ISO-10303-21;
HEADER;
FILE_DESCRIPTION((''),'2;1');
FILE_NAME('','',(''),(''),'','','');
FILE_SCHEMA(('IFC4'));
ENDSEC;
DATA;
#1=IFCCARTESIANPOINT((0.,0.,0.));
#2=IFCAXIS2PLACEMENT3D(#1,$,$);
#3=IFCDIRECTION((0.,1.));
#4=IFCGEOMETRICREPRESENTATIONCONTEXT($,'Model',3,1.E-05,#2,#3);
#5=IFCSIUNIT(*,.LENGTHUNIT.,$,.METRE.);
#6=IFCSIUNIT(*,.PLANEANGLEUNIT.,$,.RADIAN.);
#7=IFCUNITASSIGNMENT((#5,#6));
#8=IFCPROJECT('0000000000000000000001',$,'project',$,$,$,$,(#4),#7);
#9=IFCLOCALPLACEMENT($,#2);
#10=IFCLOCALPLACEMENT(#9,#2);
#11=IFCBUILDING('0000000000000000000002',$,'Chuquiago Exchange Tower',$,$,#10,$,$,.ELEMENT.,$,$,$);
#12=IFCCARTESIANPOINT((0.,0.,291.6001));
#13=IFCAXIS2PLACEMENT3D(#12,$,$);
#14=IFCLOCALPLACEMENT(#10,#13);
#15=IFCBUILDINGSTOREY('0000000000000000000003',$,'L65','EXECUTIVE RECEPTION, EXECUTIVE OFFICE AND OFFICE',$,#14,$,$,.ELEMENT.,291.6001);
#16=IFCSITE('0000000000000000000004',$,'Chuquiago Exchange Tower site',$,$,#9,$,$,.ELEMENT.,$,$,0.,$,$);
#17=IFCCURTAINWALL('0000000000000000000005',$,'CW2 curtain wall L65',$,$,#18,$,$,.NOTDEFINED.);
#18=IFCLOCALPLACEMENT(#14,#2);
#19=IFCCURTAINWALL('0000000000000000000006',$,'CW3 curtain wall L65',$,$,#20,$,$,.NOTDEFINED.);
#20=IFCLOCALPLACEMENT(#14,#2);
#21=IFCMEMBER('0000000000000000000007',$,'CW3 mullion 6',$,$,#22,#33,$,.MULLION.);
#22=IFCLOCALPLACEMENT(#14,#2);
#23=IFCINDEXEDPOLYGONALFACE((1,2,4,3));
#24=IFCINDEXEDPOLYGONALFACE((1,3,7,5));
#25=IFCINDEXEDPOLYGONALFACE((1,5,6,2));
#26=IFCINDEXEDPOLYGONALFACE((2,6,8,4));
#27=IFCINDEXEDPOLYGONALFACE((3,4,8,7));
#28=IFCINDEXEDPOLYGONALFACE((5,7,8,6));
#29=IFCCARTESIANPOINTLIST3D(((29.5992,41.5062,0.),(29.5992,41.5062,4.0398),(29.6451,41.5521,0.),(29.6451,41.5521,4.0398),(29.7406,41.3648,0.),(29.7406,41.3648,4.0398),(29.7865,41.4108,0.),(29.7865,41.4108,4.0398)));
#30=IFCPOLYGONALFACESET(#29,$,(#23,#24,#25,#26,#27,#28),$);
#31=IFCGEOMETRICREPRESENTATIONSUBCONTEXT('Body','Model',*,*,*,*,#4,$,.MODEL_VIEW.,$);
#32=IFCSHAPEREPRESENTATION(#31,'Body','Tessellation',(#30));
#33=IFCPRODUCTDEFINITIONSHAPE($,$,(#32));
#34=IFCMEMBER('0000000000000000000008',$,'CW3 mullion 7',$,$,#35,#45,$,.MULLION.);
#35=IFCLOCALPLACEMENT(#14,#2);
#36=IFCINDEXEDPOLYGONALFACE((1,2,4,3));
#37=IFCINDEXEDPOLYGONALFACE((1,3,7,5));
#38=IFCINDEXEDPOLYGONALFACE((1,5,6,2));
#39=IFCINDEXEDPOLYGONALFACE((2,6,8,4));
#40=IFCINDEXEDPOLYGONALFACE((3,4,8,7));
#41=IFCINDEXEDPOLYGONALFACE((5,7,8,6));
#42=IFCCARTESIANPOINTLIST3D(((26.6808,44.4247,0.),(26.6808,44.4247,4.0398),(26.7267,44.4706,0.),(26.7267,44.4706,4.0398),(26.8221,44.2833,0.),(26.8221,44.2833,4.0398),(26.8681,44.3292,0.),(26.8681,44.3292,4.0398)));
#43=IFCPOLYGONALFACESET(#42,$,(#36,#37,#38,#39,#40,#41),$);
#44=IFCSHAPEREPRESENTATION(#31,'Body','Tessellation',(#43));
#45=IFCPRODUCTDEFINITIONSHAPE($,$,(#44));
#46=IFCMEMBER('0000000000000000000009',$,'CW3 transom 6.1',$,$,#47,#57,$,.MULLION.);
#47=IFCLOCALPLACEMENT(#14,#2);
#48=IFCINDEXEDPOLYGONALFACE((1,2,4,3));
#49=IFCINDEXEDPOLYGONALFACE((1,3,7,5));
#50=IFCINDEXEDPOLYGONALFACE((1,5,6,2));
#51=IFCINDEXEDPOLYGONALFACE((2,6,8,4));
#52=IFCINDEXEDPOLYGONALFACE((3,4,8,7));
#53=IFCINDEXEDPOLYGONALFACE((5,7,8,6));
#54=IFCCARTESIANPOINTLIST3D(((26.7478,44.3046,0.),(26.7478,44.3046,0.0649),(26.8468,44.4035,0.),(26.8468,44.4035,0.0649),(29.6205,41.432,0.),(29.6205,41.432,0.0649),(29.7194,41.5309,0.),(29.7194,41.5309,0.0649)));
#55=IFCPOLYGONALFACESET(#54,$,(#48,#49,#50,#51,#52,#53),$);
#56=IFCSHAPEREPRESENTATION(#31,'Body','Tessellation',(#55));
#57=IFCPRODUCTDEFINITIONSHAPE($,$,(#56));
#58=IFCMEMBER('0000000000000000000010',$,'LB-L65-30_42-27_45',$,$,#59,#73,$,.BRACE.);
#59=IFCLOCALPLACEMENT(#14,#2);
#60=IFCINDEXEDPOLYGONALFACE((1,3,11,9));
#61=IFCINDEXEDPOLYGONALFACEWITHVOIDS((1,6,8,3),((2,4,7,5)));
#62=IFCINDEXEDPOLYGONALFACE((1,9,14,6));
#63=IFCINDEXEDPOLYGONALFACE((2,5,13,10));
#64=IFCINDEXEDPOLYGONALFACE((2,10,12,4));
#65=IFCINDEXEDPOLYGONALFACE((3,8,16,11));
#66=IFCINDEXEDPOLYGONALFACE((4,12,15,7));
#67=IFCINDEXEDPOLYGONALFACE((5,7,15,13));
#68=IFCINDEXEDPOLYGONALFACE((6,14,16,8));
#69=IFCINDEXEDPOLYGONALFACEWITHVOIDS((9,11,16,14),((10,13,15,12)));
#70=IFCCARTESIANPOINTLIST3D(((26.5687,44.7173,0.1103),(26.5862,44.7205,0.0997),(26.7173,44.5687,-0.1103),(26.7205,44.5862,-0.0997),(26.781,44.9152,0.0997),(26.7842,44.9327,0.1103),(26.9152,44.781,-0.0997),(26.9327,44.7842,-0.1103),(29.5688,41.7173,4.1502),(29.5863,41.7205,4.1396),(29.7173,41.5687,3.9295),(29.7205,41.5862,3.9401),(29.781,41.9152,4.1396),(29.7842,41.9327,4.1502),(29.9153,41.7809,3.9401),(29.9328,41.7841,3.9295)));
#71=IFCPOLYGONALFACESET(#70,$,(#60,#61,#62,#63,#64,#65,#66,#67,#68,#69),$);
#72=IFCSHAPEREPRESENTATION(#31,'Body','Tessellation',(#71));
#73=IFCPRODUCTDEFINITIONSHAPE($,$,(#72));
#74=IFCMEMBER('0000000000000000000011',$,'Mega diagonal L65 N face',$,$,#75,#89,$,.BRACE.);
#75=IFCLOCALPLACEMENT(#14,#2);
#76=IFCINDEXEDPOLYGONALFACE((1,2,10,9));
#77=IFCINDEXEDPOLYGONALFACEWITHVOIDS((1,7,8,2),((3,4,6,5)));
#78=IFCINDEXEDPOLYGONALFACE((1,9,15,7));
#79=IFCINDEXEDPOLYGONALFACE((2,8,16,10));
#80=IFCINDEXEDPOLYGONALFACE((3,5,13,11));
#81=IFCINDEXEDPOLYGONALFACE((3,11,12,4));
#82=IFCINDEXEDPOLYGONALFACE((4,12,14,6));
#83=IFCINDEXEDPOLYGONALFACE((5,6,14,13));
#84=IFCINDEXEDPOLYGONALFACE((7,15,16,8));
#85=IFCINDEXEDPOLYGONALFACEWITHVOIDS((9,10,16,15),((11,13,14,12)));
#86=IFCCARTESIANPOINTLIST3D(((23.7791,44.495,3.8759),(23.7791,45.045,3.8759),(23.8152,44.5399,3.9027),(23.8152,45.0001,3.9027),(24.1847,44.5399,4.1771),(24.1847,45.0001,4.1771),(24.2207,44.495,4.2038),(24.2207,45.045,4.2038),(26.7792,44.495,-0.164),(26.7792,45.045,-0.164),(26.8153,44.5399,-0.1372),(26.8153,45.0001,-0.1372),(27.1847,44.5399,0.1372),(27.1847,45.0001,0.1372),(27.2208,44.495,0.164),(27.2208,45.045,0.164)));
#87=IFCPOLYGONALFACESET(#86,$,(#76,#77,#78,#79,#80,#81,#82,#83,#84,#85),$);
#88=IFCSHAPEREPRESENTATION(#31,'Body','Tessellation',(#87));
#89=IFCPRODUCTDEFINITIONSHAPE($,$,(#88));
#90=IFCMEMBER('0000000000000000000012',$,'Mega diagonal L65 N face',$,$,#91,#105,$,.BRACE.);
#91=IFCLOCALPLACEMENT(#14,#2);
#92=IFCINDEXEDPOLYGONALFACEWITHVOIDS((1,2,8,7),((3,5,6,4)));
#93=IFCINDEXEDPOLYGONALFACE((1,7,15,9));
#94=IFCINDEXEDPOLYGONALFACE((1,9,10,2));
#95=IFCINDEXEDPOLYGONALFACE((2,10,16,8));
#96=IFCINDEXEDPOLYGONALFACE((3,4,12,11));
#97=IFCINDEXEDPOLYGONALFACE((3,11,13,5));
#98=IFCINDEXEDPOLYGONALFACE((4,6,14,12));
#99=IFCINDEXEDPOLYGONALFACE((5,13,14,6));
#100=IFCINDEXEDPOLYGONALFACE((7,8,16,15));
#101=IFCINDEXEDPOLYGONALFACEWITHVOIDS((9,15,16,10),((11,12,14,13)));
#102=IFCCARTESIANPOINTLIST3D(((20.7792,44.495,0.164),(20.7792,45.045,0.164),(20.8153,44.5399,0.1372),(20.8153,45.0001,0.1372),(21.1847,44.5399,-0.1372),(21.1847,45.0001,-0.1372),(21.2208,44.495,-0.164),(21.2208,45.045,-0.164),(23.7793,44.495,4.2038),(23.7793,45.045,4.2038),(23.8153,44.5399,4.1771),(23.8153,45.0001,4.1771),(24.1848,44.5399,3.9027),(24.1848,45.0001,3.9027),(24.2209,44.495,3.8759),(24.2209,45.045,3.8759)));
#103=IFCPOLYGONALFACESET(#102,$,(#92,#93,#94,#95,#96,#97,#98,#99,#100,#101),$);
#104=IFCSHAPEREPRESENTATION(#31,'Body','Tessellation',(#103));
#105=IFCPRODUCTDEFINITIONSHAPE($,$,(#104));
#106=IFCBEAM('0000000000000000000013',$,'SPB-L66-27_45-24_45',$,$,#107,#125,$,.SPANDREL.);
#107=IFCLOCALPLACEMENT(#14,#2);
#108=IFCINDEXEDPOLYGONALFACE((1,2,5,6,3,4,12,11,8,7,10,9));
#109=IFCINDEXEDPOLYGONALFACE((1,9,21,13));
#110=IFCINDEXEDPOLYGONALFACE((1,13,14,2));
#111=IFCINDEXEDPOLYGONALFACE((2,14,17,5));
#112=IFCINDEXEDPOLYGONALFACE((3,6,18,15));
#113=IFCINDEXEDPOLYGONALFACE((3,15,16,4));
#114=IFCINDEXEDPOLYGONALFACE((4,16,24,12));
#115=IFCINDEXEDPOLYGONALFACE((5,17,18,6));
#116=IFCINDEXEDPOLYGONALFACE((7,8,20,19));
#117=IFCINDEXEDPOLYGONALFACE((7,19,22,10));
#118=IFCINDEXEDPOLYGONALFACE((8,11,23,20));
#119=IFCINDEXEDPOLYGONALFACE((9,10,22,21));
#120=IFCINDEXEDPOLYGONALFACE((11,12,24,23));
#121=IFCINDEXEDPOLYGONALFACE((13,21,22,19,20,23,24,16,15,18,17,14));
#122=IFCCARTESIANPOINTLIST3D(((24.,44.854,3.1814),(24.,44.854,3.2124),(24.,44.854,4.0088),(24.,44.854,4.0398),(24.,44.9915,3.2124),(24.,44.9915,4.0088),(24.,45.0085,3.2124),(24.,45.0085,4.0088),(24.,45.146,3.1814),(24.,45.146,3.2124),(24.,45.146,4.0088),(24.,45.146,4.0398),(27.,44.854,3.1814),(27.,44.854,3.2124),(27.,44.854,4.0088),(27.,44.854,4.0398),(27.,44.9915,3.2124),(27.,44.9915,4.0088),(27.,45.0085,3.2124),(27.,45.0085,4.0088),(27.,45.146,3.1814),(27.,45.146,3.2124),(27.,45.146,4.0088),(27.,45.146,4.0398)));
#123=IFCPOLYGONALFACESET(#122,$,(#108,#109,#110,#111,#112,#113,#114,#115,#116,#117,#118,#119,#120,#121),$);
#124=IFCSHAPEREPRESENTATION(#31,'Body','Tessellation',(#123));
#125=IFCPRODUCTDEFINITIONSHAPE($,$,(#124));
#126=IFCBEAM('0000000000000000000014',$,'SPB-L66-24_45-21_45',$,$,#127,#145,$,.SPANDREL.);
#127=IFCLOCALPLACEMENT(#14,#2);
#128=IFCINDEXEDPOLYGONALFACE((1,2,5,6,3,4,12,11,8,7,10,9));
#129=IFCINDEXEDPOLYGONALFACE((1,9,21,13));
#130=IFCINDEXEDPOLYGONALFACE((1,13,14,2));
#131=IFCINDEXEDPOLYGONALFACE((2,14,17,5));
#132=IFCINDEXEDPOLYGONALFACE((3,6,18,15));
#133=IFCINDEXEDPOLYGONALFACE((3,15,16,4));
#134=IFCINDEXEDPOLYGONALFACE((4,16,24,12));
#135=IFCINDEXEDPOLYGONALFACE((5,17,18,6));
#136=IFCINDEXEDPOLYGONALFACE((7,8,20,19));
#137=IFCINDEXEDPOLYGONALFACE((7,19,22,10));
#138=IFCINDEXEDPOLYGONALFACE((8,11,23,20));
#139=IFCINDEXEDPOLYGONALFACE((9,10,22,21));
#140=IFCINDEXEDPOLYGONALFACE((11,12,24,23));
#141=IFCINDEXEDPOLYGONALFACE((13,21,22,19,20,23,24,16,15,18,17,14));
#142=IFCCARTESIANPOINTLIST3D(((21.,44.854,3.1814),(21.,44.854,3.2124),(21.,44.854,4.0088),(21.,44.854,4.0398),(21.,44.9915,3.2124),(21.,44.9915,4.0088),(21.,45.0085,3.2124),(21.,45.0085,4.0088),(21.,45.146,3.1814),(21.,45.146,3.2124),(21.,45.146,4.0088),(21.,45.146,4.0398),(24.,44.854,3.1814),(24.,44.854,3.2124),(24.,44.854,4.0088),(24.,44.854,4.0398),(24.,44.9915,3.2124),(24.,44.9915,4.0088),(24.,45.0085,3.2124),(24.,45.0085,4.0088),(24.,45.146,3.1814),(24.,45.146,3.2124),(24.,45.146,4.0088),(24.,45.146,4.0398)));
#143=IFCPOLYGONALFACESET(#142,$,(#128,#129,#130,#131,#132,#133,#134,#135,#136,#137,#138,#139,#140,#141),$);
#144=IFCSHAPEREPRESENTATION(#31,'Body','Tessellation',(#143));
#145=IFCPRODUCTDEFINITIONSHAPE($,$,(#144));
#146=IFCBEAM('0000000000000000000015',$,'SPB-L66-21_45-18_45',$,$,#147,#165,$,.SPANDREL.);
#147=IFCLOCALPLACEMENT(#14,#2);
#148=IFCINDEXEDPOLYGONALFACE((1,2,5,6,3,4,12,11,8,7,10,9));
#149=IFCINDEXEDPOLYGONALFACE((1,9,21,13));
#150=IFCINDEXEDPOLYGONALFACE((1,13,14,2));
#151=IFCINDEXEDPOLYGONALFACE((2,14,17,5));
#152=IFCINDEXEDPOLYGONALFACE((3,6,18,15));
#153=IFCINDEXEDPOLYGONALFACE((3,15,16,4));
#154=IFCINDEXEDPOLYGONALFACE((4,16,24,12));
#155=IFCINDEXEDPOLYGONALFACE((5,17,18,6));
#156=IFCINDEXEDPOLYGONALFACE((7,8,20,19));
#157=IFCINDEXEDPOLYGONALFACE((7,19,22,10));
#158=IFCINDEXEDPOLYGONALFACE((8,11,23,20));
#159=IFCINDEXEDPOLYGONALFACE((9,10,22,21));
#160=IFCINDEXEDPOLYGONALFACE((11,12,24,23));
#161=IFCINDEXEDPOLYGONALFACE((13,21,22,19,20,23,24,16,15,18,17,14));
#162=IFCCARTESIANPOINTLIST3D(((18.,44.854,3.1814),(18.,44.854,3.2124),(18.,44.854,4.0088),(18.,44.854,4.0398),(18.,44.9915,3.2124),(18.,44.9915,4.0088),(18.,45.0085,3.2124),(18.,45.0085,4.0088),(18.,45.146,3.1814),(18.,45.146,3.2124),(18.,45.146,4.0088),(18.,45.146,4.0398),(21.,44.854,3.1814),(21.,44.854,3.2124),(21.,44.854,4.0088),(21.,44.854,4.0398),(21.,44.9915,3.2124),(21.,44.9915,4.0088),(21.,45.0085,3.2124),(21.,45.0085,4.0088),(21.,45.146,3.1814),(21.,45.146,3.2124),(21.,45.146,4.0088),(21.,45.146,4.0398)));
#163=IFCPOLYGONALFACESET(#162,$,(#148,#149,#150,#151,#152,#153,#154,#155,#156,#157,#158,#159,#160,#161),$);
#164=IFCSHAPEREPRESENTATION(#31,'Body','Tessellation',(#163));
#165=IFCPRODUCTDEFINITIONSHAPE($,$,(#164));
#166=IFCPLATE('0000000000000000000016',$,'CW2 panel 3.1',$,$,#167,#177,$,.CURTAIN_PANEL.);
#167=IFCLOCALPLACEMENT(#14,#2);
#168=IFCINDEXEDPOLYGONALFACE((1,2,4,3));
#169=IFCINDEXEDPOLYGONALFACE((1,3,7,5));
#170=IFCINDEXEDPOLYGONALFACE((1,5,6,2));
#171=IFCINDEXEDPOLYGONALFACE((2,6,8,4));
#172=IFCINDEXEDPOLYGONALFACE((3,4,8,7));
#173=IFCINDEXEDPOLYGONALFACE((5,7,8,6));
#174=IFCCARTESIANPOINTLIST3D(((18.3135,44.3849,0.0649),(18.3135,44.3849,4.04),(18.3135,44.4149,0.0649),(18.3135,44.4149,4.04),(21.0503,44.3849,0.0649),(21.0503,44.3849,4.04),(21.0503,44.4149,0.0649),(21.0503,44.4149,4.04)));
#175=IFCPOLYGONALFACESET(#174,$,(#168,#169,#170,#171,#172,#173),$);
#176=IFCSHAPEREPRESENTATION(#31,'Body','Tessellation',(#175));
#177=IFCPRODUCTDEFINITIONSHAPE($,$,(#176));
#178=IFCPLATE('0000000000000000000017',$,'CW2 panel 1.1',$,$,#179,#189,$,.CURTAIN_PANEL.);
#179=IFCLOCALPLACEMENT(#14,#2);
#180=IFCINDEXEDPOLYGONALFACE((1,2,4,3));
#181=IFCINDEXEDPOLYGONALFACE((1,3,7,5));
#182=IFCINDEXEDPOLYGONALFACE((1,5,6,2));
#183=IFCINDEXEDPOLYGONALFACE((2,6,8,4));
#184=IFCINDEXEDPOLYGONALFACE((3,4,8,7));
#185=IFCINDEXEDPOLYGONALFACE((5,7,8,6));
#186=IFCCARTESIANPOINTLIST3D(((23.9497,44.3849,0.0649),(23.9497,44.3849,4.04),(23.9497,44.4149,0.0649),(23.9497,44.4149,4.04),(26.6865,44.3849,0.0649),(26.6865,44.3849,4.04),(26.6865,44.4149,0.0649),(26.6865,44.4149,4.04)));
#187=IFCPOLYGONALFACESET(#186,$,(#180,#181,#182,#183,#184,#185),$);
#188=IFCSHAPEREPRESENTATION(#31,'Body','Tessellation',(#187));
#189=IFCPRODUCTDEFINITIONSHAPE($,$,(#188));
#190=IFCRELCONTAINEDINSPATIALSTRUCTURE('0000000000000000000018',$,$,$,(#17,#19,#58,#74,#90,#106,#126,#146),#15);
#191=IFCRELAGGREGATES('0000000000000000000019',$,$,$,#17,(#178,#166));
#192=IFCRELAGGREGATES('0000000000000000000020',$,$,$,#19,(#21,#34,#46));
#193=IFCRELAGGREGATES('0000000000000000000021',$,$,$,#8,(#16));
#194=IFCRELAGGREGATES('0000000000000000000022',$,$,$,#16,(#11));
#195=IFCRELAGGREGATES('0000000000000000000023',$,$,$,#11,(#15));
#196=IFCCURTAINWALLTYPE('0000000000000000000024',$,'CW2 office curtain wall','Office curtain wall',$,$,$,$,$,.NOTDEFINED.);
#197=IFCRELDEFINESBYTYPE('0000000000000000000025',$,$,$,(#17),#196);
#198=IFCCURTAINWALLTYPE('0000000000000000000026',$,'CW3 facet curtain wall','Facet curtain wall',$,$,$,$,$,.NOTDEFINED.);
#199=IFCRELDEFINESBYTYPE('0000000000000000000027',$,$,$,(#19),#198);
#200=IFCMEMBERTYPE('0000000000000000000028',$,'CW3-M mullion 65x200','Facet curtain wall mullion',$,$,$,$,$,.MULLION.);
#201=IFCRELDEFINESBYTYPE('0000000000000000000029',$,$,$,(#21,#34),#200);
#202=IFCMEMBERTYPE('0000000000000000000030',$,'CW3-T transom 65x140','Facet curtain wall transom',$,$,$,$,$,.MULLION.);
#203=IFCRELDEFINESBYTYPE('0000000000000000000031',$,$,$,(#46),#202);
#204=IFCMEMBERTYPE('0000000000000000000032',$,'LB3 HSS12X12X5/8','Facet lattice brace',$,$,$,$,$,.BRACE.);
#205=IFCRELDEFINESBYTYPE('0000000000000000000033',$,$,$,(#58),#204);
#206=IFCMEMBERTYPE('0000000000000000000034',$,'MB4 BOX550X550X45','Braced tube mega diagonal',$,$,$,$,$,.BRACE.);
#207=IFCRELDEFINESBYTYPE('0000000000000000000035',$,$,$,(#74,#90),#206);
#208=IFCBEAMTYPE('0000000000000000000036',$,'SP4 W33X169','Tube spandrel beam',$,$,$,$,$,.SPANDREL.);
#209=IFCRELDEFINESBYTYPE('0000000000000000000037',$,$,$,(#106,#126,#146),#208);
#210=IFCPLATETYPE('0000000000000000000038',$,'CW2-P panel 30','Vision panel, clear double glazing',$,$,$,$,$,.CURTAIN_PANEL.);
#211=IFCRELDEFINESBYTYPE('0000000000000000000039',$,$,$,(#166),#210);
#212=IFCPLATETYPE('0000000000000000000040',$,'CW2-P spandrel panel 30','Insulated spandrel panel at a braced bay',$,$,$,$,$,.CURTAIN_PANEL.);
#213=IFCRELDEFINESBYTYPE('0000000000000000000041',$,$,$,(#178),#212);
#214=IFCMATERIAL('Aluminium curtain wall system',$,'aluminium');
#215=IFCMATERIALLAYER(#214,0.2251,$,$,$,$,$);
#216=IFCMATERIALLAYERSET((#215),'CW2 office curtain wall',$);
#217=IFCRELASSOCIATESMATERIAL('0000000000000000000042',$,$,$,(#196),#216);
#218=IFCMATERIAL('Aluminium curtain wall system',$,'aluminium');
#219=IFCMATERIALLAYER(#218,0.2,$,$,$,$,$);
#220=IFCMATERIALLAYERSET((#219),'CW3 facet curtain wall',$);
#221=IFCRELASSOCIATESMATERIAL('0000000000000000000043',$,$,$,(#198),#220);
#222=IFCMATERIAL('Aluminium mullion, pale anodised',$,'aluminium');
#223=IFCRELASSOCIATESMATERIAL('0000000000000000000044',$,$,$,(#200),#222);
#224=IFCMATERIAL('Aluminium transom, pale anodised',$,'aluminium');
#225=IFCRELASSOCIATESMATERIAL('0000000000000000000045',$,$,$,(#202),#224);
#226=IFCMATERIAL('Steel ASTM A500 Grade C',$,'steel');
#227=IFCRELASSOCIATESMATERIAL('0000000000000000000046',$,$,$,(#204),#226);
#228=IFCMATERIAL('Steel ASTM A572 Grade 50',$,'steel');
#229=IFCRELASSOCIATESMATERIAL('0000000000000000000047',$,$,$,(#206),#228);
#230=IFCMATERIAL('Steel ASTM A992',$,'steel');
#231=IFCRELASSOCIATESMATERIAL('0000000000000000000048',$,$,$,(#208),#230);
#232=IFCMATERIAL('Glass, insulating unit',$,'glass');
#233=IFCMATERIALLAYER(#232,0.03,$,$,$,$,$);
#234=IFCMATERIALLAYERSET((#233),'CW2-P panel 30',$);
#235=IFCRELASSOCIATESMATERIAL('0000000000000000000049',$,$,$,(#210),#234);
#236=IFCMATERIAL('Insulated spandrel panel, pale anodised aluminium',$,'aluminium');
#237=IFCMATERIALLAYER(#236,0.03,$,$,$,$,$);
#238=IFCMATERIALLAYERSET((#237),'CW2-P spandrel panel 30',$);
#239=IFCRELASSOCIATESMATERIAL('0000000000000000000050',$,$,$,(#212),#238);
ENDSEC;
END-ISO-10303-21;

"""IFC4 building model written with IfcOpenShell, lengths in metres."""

from ifc_helpers import new_model, si_unit, direction, frame, origin, origin_2d, place, context, subcontext, project, spatial, rectangle, hollow_rectangle, i_section, extrude, material, layer, layer_set, material_profile, profile_set, type_object, element, aggregate, save


model = new_model("IFC4")

# Units and contexts
model_context = context("Model", 3, precision=1e-05, world=origin(), true_north=direction((0.0, 1.0)))
body_context = subcontext(model_context, "Body", "Model", "MODEL_VIEW")
ifc_project = project(units=[si_unit("LENGTHUNIT", "METRE"), si_unit("PLANEANGLEUNIT", "RADIAN")], contexts=[model_context])

# Site, building, storey
site_placement = place(None, origin())
site = spatial("IfcSite", under=ifc_project, at=site_placement, Name="Chuquiago Exchange Tower site", CompositionType="ELEMENT", RefElevation=0.0)
building_placement = place(site_placement, origin())
building = spatial("IfcBuilding", under=site, at=building_placement, Name="Chuquiago Exchange Tower", CompositionType="ELEMENT")
storey_placement = place(building_placement, frame((0.0, 0.0, 291.6001)))
storey = spatial("IfcBuildingStorey", under=building, at=storey_placement, Name="L65", Description="EXECUTIVE RECEPTION, EXECUTIVE OFFICE AND OFFICE", CompositionType="ELEMENT", Elevation=291.6001)

# Curtain walls, members
ifc_material_1 = material(Name="Aluminium curtain wall system", Category="aluminium")
ifc_layer_1 = layer(ifc_material_1, 0.2251)
ifc_layer_set_1 = layer_set([ifc_layer_1], Name="CW2 office curtain wall")
curtain_wall_type_1 = type_object("IfcCurtainWallType", Name="CW2 office curtain wall", Description="Office curtain wall", PredefinedType="NOTDEFINED", material=ifc_layer_set_1)
curtain_wall_1_placement = place(storey_placement, origin())
curtain_wall_1 = element("IfcCurtainWall", 1, at=curtain_wall_1_placement, inside=storey, type_object=curtain_wall_type_1, Name="CW2 curtain wall L65", PredefinedType="NOTDEFINED")
ifc_material_2 = material(Name="Aluminium curtain wall system", Category="aluminium")
ifc_layer_2 = layer(ifc_material_2, 0.2)
ifc_layer_set_2 = layer_set([ifc_layer_2], Name="CW3 facet curtain wall")
curtain_wall_type_2 = type_object("IfcCurtainWallType", Name="CW3 facet curtain wall", Description="Facet curtain wall", PredefinedType="NOTDEFINED", material=ifc_layer_set_2)
curtain_wall_2_placement = place(storey_placement, origin())
curtain_wall_2 = element("IfcCurtainWall", 2, at=curtain_wall_2_placement, inside=storey, type_object=curtain_wall_type_2, Name="CW3 curtain wall L65", PredefinedType="NOTDEFINED")
ifc_material_3 = material(Name="Aluminium mullion, pale anodised", Category="aluminium")
ifc_material_profile_1 = material_profile(ifc_material_3, rectangle(XDim=0.0649, YDim=0.2, at=origin_2d()), Name="AL 65x200")
ifc_profile_set_1 = profile_set([ifc_material_profile_1], Name="Aluminium mullion, pale anodised")
member_type_1 = type_object("IfcMemberType", Name="CW3-M mullion 65x200", Description="Facet curtain wall mullion", PredefinedType="MULLION", material=ifc_profile_set_1)
member_1_placement = place(storey_placement, frame((29.6929, 41.4585, 0.0), z_axis=(0.0, 0.0, 1.0), x_axis=(-0.707107, -0.707107, 0.0)))
member_1 = element("IfcMember", 3, at=member_1_placement, type_object=member_type_1, Name="CW3 mullion 6", PredefinedType="MULLION", context=body_context, shape_type="SweptSolid", body=[
    extrude(rectangle(XDim=0.0649, YDim=0.2, at=origin_2d()), origin(), (0.0, 0.0, 1.0), 4.0398),
])
member_2_placement = place(storey_placement, frame((26.7744, 44.377, 0.0), z_axis=(0.0, 0.0, 1.0), x_axis=(-0.707107, -0.707107, 0.0)))
member_2 = element("IfcMember", 4, at=member_2_placement, type_object=member_type_1, Name="CW3 mullion 7", PredefinedType="MULLION", context=body_context, shape_type="SweptSolid", body=[
    extrude(rectangle(XDim=0.0649, YDim=0.2, at=origin_2d()), origin(), (0.0, 0.0, 1.0), 4.0398),
])
ifc_material_4 = material(Name="Aluminium transom, pale anodised", Category="aluminium")
ifc_material_profile_2 = material_profile(ifc_material_4, rectangle(XDim=0.1399, YDim=0.0649, at=origin_2d()), Name="AL 140x65")
ifc_profile_set_2 = profile_set([ifc_material_profile_2], Name="Aluminium transom, pale anodised")
member_type_2 = type_object("IfcMemberType", Name="CW3-T transom 65x140", Description="Facet curtain wall transom", PredefinedType="MULLION", material=ifc_profile_set_2)
member_3_placement = place(storey_placement, frame((29.6699, 41.4814, 0.0325), z_axis=(-0.707107, 0.707107, 0.0), x_axis=(-0.707107, -0.707107, 0.0)))
member_3 = element("IfcMember", 5, at=member_3_placement, type_object=member_type_2, Name="CW3 transom 6.1", PredefinedType="MULLION", context=body_context, shape_type="SweptSolid", body=[
    extrude(rectangle(XDim=0.1399, YDim=0.0649, at=origin_2d()), origin(), (0.0, 0.0, 1.0), 4.0625),
])

# Members
ifc_material_5 = material(Name="Steel ASTM A500 Grade C", Category="steel")
ifc_material_profile_3 = material_profile(ifc_material_5, hollow_rectangle(XDim=0.3047, YDim=0.3047, WallThickness=0.0146, at=origin_2d()), Name="HSS12X12X5/8")
ifc_profile_set_3 = profile_set([ifc_material_profile_3], Name="Steel ASTM A500 Grade C")
member_type_3 = type_object("IfcMemberType", Name="LB3 HSS12X12X5/8", Description="Facet lattice brace", PredefinedType="BRACE", material=ifc_profile_set_3)
member_4_placement = place(storey_placement, frame((26.7507, 44.7507, 0.0), z_axis=(0.512092, -0.512092, 0.689582), x_axis=(0.707107, 0.707107, 0.0)))
element("IfcMember", 6, at=member_4_placement, inside=storey, type_object=member_type_3, Name="LB-L65-30_42-27_45", PredefinedType="BRACE", context=body_context, shape_type="SweptSolid", body=[
    extrude(hollow_rectangle(XDim=0.3047, YDim=0.3047, WallThickness=0.0146, at=origin_2d()), origin(), (0.0, 0.0, 1.0), 5.8584),
])
ifc_material_6 = material(Name="Steel ASTM A572 Grade 50", Category="steel")
ifc_material_profile_4 = material_profile(ifc_material_6, hollow_rectangle(XDim=0.55, YDim=0.55, WallThickness=0.0449, at=origin_2d()), Name="BOX550X550X45")
ifc_profile_set_4 = profile_set([ifc_material_profile_4], Name="Steel ASTM A572 Grade 50")
member_type_4 = type_object("IfcMemberType", Name="MB4 BOX550X550X45", Description="Braced tube mega diagonal", PredefinedType="BRACE", material=ifc_profile_set_4)
for number, where, z_axis, x_axis, name in (
    (7, (27.0, 44.77, 0.0), (-0.596197, 0.0, 0.802838), (0.0, -1.0, 0.0), "Mega diagonal L65 N face"),
    (8, (21.0, 44.77, 0.0), (0.596197, 0.0, 0.802838), (0.0, 1.0, 0.0), "Mega diagonal L65 N face"),
):
    element("IfcMember", number, at=place(storey_placement, frame(where, z_axis=z_axis, x_axis=x_axis)), inside=storey, type_object=member_type_4, Name=name, PredefinedType="BRACE", context=body_context, shape_type="SweptSolid", body=[
        extrude(hollow_rectangle(XDim=0.55, YDim=0.55, WallThickness=0.0449, at=origin_2d()), origin(), (0.0, 0.0, 1.0), 5.032),
    ])

# Beams
ifc_material_7 = material(Name="Steel ASTM A992", Category="steel")
ifc_material_profile_5 = material_profile(ifc_material_7, i_section(OverallWidth=0.292, OverallDepth=0.8584, WebThickness=0.0171, FlangeThickness=0.031, at=origin_2d()), Name="W33X169")
ifc_profile_set_5 = profile_set([ifc_material_profile_5], Name="Steel ASTM A992")
beam_type = type_object("IfcBeamType", Name="SP4 W33X169", Description="Tube spandrel beam", PredefinedType="SPANDREL", material=ifc_profile_set_5)
for number, where, z_axis, x_axis, name in (
    (9, (27.0, 45.0, 3.6106), (-1.0, 0.0, 0.0), (0.0, -1.0, 0.0), "SPB-L66-27_45-24_45"),
    (10, (24.0, 45.0, 3.6106), (-1.0, 0.0, 0.0), (0.0, -1.0, 0.0), "SPB-L66-24_45-21_45"),
    (11, (21.0, 45.0, 3.6106), (-1.0, 0.0, 0.0), (0.0, -1.0, 0.0), "SPB-L66-21_45-18_45"),
):
    element("IfcBeam", number, at=place(storey_placement, frame(where, z_axis=z_axis, x_axis=x_axis)), inside=storey, type_object=beam_type, Name=name, PredefinedType="SPANDREL", context=body_context, shape_type="SweptSolid", body=[
        extrude(i_section(OverallWidth=0.292, OverallDepth=0.8584, WebThickness=0.0171, FlangeThickness=0.031, at=origin_2d()), origin(), (0.0, 0.0, 1.0), 3.0),
    ])

# Plates
ifc_material_8 = material(Name="Glass, insulating unit", Category="glass")
ifc_layer_3 = layer(ifc_material_8, 0.03)
ifc_layer_set_3 = layer_set([ifc_layer_3], Name="CW2-P panel 30")
plate_type_1 = type_object("IfcPlateType", Name="CW2-P panel 30", Description="Vision panel, clear double glazing", PredefinedType="CURTAIN_PANEL", material=ifc_layer_set_3)
plate_1_placement = place(storey_placement, frame((19.6819, 44.3999, 0.0649), z_axis=(0.0, 0.0, 1.0), x_axis=(-1.0, 0.0, 0.0)))
plate_1 = element("IfcPlate", 12, at=plate_1_placement, type_object=plate_type_1, Name="CW2 panel 3.1", PredefinedType="CURTAIN_PANEL", context=body_context, shape_type="SweptSolid", body=[
    extrude(rectangle(XDim=2.7368, YDim=0.03, at=origin_2d()), origin(), (0.0, 0.0, 1.0), 3.9751),
])
ifc_material_9 = material(Name="Insulated spandrel panel, pale anodised aluminium", Category="aluminium")
ifc_layer_4 = layer(ifc_material_9, 0.03)
ifc_layer_set_4 = layer_set([ifc_layer_4], Name="CW2-P spandrel panel 30")
plate_type_2 = type_object("IfcPlateType", Name="CW2-P spandrel panel 30", Description="Insulated spandrel panel at a braced bay", PredefinedType="CURTAIN_PANEL", material=ifc_layer_set_4)
plate_2_placement = place(storey_placement, frame((25.3181, 44.3999, 0.0649), z_axis=(0.0, 0.0, 1.0), x_axis=(-1.0, 0.0, 0.0)))
plate_2 = element("IfcPlate", 13, at=plate_2_placement, type_object=plate_type_2, Name="CW2 panel 1.1", PredefinedType="CURTAIN_PANEL", context=body_context, shape_type="SweptSolid", body=[
    extrude(rectangle(XDim=2.7368, YDim=0.03, at=origin_2d()), origin(), (0.0, 0.0, 1.0), 3.9751),
])
aggregate(curtain_wall_1, [plate_2, plate_1])
aggregate(curtain_wall_2, [member_1, member_2, member_3])

save(model, "model.ifc")
